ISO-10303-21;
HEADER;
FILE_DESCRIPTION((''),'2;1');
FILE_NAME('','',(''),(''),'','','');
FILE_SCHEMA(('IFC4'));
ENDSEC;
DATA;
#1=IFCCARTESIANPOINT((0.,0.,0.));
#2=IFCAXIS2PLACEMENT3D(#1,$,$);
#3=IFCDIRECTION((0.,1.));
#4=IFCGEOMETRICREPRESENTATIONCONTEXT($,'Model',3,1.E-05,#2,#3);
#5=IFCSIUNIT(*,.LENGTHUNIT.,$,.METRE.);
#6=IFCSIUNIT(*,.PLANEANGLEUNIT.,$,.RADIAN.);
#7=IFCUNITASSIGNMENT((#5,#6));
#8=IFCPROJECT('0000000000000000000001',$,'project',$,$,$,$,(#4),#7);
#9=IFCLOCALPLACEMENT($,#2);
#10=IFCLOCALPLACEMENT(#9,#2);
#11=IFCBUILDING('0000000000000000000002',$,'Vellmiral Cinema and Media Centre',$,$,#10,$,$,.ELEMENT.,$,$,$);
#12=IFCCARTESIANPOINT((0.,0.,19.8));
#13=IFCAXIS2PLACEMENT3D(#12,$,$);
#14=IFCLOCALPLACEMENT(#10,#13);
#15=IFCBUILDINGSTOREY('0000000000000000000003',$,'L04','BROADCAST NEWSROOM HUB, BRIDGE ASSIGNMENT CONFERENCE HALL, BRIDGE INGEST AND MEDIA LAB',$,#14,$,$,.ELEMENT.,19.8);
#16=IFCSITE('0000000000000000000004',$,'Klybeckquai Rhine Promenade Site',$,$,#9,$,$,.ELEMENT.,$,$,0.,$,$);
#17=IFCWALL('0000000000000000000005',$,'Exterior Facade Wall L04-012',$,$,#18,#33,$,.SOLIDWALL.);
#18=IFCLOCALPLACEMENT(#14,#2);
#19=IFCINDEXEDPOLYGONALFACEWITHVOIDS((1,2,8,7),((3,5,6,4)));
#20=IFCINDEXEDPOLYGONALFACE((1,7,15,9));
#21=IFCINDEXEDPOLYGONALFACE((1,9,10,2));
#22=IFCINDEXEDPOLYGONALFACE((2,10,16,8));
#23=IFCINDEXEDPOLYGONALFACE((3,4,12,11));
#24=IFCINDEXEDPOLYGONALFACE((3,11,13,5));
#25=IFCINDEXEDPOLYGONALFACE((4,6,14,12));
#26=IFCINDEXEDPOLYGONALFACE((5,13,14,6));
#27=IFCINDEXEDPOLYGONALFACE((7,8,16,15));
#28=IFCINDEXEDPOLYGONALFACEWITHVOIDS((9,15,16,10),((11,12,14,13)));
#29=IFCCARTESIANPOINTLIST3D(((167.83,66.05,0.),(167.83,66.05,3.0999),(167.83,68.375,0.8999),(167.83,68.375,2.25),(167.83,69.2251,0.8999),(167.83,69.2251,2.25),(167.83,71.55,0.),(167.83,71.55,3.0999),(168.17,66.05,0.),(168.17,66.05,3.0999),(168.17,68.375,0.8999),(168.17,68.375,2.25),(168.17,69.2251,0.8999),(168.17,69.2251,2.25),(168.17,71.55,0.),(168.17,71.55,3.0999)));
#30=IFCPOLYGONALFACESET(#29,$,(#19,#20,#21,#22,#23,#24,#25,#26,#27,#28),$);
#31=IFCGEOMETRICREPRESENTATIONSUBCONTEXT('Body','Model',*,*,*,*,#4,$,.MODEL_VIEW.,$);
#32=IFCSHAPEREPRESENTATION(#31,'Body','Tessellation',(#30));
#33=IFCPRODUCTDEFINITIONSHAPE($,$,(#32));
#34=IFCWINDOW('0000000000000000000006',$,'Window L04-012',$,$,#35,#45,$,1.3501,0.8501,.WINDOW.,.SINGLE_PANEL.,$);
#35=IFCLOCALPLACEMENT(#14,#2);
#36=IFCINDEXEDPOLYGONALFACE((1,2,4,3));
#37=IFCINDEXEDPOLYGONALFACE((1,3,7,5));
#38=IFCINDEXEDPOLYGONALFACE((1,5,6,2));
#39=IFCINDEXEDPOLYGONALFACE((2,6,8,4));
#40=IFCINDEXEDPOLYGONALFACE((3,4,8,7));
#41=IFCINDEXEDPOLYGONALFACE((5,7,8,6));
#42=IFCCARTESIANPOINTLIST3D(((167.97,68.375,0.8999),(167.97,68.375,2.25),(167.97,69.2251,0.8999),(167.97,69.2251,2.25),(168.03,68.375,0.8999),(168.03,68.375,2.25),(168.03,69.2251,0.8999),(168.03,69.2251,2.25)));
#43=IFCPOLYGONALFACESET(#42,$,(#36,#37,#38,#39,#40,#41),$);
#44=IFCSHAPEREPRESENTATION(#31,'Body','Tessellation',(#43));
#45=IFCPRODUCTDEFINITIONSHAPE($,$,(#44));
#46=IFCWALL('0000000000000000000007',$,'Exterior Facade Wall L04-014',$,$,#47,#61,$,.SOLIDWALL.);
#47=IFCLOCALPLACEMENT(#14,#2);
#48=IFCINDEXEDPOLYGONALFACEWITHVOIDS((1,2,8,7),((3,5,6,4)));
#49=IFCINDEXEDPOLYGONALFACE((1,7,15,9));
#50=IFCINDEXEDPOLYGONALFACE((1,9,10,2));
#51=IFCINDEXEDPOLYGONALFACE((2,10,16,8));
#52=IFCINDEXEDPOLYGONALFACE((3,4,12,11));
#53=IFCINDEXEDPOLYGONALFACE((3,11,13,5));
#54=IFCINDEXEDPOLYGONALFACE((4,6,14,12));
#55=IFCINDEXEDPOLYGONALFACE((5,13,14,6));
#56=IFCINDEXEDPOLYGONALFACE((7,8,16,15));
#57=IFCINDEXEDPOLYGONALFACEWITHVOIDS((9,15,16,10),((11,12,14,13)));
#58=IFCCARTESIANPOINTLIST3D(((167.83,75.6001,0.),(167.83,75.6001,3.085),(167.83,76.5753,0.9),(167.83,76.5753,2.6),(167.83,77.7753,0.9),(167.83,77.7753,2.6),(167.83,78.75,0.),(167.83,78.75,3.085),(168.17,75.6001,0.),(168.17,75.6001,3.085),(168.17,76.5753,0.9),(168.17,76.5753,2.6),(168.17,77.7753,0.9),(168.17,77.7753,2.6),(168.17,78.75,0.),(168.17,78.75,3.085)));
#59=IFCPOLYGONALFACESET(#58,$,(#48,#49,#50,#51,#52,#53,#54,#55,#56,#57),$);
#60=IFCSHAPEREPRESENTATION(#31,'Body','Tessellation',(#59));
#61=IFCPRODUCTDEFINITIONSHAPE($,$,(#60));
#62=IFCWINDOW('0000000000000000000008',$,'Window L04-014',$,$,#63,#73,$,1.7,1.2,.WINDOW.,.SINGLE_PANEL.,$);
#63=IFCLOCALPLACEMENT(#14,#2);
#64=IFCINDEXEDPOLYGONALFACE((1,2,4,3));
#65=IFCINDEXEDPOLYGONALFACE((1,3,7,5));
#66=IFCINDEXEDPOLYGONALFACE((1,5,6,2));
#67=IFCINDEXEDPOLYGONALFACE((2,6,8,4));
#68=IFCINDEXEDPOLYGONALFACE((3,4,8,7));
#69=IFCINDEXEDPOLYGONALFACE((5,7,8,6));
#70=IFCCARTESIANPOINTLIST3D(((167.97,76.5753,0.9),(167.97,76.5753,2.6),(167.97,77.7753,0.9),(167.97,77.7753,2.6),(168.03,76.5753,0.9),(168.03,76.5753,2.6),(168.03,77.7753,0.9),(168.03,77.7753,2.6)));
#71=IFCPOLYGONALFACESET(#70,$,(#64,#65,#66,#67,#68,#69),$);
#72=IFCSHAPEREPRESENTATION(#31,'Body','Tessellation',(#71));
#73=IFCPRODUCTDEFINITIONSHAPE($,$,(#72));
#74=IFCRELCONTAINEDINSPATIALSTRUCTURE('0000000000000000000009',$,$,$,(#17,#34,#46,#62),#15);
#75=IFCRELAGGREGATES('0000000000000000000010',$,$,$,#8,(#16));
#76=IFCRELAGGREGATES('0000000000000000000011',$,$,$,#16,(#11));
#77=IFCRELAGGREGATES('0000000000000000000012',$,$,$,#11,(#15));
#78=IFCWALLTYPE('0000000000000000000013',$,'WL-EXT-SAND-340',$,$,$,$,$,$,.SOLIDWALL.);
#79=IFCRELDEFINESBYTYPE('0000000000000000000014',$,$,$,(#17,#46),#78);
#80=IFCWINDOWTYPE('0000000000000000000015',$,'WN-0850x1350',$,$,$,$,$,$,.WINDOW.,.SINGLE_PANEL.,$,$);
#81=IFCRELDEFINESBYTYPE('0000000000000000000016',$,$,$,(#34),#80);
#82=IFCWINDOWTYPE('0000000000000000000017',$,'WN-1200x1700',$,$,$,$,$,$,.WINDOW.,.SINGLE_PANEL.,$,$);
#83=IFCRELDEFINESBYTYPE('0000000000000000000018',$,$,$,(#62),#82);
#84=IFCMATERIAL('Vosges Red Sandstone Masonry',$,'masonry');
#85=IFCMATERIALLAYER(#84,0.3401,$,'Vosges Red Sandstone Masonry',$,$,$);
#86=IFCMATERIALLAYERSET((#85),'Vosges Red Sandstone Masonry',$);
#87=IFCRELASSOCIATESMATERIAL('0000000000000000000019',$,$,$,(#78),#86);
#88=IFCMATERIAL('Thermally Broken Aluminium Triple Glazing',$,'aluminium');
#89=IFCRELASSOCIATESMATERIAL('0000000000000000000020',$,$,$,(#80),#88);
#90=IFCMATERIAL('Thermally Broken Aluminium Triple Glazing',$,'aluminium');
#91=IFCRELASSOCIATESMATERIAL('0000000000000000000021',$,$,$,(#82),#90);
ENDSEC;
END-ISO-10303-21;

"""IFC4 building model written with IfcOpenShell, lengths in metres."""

from ifc_helpers import new_model, si_unit, direction, frame, frame_2d, origin, place, context, subcontext, project, spatial, rectangle, extrude, material, layer, layer_set, type_object, element, fill, save


model = new_model("IFC4")

# Units and contexts
model_context = context("Model", 3, precision=1e-05, world=origin(), true_north=direction((0.0, 1.0)))
body_context = subcontext(model_context, "Body", "Model", "MODEL_VIEW")
ifc_project = project(units=[si_unit("LENGTHUNIT", "METRE"), si_unit("PLANEANGLEUNIT", "RADIAN")], contexts=[model_context])

# Site, building, storey
site_placement = place(None, origin())
site = spatial("IfcSite", under=ifc_project, at=site_placement, Name="Klybeckquai Rhine Promenade Site", CompositionType="ELEMENT", RefElevation=0.0)
building_placement = place(site_placement, origin())
building = spatial("IfcBuilding", under=site, at=building_placement, Name="Vellmiral Cinema and Media Centre", CompositionType="ELEMENT")
storey_placement = place(building_placement, frame((0.0, 0.0, 19.8)))
storey = spatial("IfcBuildingStorey", under=building, at=storey_placement, Name="L04", Description="BROADCAST NEWSROOM HUB, BRIDGE ASSIGNMENT CONFERENCE HALL, BRIDGE INGEST AND MEDIA LAB", CompositionType="ELEMENT", Elevation=19.8)

# Walls, openings, windows
ifc_material_1 = material(Name="Vosges Red Sandstone Masonry", Category="masonry")
ifc_layer_1 = layer(ifc_material_1, 0.3401, Name="Vosges Red Sandstone Masonry")
ifc_layer_set_1 = layer_set([ifc_layer_1], Name="Vosges Red Sandstone Masonry")
wall_type_1 = type_object("IfcWallType", Name="WL-EXT-SAND-340", PredefinedType="SOLIDWALL", material=ifc_layer_set_1)
wall_1_placement = place(storey_placement, frame((168.0, 66.05, 0.0), z_axis=(0.0, 0.0, 1.0), x_axis=(0.0, 1.0, 0.0)))
wall_1 = element("IfcWall", 1, at=wall_1_placement, inside=storey, type_object=wall_type_1, Name="Exterior Facade Wall L04-012", PredefinedType="SOLIDWALL", context=body_context, shape_type="SweptSolid", body=[
    extrude(rectangle(XDim=5.5, YDim=0.3401, at=frame_2d((2.75, 0.0))), origin(), (0.0, 0.0, 1.0), 3.0999),
])
opening_1_placement = place(wall_1_placement, frame((2.325, 0.0, 0.8999)))
opening_1 = element("IfcOpeningElement", 2, at=opening_1_placement, cuts=wall_1, PredefinedType="OPENING", context=body_context, shape_type="SweptSolid", body=[
    extrude(rectangle(XDim=0.8501, YDim=1.3501, at=frame_2d((0.425, 0.675))), frame((0.0, 0.1821, 0.0), z_axis=(0.0, -1.0, 0.0), x_axis=(1.0, 0.0, 0.0)), (0.0, 0.0, 1.0), 0.364),
])
ifc_material_2 = material(Name="Thermally Broken Aluminium Triple Glazing", Category="aluminium")
window_type_1 = type_object("IfcWindowType", Name="WN-0850x1350", PartitioningType="SINGLE_PANEL", PredefinedType="WINDOW", material=ifc_material_2)
window_1_placement = place(opening_1_placement, origin())
window_1 = element("IfcWindow", 3, at=window_1_placement, inside=storey, type_object=window_type_1, Name="Window L04-012", OverallHeight=1.3501, OverallWidth=0.8501, PartitioningType="SINGLE_PANEL", PredefinedType="WINDOW", context=body_context, shape_type="SweptSolid", body=[
    extrude(rectangle(XDim=0.8501, YDim=1.3501, at=frame_2d((0.425, 0.675))), frame((0.0, 0.03, 0.0), z_axis=(0.0, -1.0, 0.0), x_axis=(1.0, 0.0, 0.0)), (0.0, 0.0, 1.0), 0.0601),
])
fill(opening_1, window_1)
wall_2_placement = place(storey_placement, frame((168.0, 75.6001, 0.0), z_axis=(0.0, 0.0, 1.0), x_axis=(0.0, 1.0, 0.0)))
wall_2 = element("IfcWall", 4, at=wall_2_placement, inside=storey, type_object=wall_type_1, Name="Exterior Facade Wall L04-014", PredefinedType="SOLIDWALL", context=body_context, shape_type="SweptSolid", body=[
    extrude(rectangle(XDim=3.1499, YDim=0.3401, at=frame_2d((1.575, 0.0))), origin(), (0.0, 0.0, 1.0), 3.085),
])
opening_2_placement = place(wall_2_placement, frame((0.9751, 0.0, 0.8999)))
opening_2 = element("IfcOpeningElement", 5, at=opening_2_placement, cuts=wall_2, PredefinedType="OPENING", context=body_context, shape_type="SweptSolid", body=[
    extrude(rectangle(XDim=1.2, YDim=1.7, at=frame_2d((0.6001, 0.8501))), frame((0.0, 0.1821, 0.0), z_axis=(0.0, -1.0, 0.0), x_axis=(1.0, 0.0, 0.0)), (0.0, 0.0, 1.0), 0.364),
])
ifc_material_3 = material(Name="Thermally Broken Aluminium Triple Glazing", Category="aluminium")
window_type_2 = type_object("IfcWindowType", Name="WN-1200x1700", PartitioningType="SINGLE_PANEL", PredefinedType="WINDOW", material=ifc_material_3)
window_2_placement = place(opening_2_placement, origin())
window_2 = element("IfcWindow", 6, at=window_2_placement, inside=storey, type_object=window_type_2, Name="Window L04-014", OverallHeight=1.7, OverallWidth=1.2, PartitioningType="SINGLE_PANEL", PredefinedType="WINDOW", context=body_context, shape_type="SweptSolid", body=[
    extrude(rectangle(XDim=1.2, YDim=1.7, at=frame_2d((0.6001, 0.8501))), frame((0.0, 0.03, 0.0), z_axis=(0.0, -1.0, 0.0), x_axis=(1.0, 0.0, 0.0)), (0.0, 0.0, 1.0), 0.0601),
])
fill(opening_2, window_2)

save(model, "model.ifc")
